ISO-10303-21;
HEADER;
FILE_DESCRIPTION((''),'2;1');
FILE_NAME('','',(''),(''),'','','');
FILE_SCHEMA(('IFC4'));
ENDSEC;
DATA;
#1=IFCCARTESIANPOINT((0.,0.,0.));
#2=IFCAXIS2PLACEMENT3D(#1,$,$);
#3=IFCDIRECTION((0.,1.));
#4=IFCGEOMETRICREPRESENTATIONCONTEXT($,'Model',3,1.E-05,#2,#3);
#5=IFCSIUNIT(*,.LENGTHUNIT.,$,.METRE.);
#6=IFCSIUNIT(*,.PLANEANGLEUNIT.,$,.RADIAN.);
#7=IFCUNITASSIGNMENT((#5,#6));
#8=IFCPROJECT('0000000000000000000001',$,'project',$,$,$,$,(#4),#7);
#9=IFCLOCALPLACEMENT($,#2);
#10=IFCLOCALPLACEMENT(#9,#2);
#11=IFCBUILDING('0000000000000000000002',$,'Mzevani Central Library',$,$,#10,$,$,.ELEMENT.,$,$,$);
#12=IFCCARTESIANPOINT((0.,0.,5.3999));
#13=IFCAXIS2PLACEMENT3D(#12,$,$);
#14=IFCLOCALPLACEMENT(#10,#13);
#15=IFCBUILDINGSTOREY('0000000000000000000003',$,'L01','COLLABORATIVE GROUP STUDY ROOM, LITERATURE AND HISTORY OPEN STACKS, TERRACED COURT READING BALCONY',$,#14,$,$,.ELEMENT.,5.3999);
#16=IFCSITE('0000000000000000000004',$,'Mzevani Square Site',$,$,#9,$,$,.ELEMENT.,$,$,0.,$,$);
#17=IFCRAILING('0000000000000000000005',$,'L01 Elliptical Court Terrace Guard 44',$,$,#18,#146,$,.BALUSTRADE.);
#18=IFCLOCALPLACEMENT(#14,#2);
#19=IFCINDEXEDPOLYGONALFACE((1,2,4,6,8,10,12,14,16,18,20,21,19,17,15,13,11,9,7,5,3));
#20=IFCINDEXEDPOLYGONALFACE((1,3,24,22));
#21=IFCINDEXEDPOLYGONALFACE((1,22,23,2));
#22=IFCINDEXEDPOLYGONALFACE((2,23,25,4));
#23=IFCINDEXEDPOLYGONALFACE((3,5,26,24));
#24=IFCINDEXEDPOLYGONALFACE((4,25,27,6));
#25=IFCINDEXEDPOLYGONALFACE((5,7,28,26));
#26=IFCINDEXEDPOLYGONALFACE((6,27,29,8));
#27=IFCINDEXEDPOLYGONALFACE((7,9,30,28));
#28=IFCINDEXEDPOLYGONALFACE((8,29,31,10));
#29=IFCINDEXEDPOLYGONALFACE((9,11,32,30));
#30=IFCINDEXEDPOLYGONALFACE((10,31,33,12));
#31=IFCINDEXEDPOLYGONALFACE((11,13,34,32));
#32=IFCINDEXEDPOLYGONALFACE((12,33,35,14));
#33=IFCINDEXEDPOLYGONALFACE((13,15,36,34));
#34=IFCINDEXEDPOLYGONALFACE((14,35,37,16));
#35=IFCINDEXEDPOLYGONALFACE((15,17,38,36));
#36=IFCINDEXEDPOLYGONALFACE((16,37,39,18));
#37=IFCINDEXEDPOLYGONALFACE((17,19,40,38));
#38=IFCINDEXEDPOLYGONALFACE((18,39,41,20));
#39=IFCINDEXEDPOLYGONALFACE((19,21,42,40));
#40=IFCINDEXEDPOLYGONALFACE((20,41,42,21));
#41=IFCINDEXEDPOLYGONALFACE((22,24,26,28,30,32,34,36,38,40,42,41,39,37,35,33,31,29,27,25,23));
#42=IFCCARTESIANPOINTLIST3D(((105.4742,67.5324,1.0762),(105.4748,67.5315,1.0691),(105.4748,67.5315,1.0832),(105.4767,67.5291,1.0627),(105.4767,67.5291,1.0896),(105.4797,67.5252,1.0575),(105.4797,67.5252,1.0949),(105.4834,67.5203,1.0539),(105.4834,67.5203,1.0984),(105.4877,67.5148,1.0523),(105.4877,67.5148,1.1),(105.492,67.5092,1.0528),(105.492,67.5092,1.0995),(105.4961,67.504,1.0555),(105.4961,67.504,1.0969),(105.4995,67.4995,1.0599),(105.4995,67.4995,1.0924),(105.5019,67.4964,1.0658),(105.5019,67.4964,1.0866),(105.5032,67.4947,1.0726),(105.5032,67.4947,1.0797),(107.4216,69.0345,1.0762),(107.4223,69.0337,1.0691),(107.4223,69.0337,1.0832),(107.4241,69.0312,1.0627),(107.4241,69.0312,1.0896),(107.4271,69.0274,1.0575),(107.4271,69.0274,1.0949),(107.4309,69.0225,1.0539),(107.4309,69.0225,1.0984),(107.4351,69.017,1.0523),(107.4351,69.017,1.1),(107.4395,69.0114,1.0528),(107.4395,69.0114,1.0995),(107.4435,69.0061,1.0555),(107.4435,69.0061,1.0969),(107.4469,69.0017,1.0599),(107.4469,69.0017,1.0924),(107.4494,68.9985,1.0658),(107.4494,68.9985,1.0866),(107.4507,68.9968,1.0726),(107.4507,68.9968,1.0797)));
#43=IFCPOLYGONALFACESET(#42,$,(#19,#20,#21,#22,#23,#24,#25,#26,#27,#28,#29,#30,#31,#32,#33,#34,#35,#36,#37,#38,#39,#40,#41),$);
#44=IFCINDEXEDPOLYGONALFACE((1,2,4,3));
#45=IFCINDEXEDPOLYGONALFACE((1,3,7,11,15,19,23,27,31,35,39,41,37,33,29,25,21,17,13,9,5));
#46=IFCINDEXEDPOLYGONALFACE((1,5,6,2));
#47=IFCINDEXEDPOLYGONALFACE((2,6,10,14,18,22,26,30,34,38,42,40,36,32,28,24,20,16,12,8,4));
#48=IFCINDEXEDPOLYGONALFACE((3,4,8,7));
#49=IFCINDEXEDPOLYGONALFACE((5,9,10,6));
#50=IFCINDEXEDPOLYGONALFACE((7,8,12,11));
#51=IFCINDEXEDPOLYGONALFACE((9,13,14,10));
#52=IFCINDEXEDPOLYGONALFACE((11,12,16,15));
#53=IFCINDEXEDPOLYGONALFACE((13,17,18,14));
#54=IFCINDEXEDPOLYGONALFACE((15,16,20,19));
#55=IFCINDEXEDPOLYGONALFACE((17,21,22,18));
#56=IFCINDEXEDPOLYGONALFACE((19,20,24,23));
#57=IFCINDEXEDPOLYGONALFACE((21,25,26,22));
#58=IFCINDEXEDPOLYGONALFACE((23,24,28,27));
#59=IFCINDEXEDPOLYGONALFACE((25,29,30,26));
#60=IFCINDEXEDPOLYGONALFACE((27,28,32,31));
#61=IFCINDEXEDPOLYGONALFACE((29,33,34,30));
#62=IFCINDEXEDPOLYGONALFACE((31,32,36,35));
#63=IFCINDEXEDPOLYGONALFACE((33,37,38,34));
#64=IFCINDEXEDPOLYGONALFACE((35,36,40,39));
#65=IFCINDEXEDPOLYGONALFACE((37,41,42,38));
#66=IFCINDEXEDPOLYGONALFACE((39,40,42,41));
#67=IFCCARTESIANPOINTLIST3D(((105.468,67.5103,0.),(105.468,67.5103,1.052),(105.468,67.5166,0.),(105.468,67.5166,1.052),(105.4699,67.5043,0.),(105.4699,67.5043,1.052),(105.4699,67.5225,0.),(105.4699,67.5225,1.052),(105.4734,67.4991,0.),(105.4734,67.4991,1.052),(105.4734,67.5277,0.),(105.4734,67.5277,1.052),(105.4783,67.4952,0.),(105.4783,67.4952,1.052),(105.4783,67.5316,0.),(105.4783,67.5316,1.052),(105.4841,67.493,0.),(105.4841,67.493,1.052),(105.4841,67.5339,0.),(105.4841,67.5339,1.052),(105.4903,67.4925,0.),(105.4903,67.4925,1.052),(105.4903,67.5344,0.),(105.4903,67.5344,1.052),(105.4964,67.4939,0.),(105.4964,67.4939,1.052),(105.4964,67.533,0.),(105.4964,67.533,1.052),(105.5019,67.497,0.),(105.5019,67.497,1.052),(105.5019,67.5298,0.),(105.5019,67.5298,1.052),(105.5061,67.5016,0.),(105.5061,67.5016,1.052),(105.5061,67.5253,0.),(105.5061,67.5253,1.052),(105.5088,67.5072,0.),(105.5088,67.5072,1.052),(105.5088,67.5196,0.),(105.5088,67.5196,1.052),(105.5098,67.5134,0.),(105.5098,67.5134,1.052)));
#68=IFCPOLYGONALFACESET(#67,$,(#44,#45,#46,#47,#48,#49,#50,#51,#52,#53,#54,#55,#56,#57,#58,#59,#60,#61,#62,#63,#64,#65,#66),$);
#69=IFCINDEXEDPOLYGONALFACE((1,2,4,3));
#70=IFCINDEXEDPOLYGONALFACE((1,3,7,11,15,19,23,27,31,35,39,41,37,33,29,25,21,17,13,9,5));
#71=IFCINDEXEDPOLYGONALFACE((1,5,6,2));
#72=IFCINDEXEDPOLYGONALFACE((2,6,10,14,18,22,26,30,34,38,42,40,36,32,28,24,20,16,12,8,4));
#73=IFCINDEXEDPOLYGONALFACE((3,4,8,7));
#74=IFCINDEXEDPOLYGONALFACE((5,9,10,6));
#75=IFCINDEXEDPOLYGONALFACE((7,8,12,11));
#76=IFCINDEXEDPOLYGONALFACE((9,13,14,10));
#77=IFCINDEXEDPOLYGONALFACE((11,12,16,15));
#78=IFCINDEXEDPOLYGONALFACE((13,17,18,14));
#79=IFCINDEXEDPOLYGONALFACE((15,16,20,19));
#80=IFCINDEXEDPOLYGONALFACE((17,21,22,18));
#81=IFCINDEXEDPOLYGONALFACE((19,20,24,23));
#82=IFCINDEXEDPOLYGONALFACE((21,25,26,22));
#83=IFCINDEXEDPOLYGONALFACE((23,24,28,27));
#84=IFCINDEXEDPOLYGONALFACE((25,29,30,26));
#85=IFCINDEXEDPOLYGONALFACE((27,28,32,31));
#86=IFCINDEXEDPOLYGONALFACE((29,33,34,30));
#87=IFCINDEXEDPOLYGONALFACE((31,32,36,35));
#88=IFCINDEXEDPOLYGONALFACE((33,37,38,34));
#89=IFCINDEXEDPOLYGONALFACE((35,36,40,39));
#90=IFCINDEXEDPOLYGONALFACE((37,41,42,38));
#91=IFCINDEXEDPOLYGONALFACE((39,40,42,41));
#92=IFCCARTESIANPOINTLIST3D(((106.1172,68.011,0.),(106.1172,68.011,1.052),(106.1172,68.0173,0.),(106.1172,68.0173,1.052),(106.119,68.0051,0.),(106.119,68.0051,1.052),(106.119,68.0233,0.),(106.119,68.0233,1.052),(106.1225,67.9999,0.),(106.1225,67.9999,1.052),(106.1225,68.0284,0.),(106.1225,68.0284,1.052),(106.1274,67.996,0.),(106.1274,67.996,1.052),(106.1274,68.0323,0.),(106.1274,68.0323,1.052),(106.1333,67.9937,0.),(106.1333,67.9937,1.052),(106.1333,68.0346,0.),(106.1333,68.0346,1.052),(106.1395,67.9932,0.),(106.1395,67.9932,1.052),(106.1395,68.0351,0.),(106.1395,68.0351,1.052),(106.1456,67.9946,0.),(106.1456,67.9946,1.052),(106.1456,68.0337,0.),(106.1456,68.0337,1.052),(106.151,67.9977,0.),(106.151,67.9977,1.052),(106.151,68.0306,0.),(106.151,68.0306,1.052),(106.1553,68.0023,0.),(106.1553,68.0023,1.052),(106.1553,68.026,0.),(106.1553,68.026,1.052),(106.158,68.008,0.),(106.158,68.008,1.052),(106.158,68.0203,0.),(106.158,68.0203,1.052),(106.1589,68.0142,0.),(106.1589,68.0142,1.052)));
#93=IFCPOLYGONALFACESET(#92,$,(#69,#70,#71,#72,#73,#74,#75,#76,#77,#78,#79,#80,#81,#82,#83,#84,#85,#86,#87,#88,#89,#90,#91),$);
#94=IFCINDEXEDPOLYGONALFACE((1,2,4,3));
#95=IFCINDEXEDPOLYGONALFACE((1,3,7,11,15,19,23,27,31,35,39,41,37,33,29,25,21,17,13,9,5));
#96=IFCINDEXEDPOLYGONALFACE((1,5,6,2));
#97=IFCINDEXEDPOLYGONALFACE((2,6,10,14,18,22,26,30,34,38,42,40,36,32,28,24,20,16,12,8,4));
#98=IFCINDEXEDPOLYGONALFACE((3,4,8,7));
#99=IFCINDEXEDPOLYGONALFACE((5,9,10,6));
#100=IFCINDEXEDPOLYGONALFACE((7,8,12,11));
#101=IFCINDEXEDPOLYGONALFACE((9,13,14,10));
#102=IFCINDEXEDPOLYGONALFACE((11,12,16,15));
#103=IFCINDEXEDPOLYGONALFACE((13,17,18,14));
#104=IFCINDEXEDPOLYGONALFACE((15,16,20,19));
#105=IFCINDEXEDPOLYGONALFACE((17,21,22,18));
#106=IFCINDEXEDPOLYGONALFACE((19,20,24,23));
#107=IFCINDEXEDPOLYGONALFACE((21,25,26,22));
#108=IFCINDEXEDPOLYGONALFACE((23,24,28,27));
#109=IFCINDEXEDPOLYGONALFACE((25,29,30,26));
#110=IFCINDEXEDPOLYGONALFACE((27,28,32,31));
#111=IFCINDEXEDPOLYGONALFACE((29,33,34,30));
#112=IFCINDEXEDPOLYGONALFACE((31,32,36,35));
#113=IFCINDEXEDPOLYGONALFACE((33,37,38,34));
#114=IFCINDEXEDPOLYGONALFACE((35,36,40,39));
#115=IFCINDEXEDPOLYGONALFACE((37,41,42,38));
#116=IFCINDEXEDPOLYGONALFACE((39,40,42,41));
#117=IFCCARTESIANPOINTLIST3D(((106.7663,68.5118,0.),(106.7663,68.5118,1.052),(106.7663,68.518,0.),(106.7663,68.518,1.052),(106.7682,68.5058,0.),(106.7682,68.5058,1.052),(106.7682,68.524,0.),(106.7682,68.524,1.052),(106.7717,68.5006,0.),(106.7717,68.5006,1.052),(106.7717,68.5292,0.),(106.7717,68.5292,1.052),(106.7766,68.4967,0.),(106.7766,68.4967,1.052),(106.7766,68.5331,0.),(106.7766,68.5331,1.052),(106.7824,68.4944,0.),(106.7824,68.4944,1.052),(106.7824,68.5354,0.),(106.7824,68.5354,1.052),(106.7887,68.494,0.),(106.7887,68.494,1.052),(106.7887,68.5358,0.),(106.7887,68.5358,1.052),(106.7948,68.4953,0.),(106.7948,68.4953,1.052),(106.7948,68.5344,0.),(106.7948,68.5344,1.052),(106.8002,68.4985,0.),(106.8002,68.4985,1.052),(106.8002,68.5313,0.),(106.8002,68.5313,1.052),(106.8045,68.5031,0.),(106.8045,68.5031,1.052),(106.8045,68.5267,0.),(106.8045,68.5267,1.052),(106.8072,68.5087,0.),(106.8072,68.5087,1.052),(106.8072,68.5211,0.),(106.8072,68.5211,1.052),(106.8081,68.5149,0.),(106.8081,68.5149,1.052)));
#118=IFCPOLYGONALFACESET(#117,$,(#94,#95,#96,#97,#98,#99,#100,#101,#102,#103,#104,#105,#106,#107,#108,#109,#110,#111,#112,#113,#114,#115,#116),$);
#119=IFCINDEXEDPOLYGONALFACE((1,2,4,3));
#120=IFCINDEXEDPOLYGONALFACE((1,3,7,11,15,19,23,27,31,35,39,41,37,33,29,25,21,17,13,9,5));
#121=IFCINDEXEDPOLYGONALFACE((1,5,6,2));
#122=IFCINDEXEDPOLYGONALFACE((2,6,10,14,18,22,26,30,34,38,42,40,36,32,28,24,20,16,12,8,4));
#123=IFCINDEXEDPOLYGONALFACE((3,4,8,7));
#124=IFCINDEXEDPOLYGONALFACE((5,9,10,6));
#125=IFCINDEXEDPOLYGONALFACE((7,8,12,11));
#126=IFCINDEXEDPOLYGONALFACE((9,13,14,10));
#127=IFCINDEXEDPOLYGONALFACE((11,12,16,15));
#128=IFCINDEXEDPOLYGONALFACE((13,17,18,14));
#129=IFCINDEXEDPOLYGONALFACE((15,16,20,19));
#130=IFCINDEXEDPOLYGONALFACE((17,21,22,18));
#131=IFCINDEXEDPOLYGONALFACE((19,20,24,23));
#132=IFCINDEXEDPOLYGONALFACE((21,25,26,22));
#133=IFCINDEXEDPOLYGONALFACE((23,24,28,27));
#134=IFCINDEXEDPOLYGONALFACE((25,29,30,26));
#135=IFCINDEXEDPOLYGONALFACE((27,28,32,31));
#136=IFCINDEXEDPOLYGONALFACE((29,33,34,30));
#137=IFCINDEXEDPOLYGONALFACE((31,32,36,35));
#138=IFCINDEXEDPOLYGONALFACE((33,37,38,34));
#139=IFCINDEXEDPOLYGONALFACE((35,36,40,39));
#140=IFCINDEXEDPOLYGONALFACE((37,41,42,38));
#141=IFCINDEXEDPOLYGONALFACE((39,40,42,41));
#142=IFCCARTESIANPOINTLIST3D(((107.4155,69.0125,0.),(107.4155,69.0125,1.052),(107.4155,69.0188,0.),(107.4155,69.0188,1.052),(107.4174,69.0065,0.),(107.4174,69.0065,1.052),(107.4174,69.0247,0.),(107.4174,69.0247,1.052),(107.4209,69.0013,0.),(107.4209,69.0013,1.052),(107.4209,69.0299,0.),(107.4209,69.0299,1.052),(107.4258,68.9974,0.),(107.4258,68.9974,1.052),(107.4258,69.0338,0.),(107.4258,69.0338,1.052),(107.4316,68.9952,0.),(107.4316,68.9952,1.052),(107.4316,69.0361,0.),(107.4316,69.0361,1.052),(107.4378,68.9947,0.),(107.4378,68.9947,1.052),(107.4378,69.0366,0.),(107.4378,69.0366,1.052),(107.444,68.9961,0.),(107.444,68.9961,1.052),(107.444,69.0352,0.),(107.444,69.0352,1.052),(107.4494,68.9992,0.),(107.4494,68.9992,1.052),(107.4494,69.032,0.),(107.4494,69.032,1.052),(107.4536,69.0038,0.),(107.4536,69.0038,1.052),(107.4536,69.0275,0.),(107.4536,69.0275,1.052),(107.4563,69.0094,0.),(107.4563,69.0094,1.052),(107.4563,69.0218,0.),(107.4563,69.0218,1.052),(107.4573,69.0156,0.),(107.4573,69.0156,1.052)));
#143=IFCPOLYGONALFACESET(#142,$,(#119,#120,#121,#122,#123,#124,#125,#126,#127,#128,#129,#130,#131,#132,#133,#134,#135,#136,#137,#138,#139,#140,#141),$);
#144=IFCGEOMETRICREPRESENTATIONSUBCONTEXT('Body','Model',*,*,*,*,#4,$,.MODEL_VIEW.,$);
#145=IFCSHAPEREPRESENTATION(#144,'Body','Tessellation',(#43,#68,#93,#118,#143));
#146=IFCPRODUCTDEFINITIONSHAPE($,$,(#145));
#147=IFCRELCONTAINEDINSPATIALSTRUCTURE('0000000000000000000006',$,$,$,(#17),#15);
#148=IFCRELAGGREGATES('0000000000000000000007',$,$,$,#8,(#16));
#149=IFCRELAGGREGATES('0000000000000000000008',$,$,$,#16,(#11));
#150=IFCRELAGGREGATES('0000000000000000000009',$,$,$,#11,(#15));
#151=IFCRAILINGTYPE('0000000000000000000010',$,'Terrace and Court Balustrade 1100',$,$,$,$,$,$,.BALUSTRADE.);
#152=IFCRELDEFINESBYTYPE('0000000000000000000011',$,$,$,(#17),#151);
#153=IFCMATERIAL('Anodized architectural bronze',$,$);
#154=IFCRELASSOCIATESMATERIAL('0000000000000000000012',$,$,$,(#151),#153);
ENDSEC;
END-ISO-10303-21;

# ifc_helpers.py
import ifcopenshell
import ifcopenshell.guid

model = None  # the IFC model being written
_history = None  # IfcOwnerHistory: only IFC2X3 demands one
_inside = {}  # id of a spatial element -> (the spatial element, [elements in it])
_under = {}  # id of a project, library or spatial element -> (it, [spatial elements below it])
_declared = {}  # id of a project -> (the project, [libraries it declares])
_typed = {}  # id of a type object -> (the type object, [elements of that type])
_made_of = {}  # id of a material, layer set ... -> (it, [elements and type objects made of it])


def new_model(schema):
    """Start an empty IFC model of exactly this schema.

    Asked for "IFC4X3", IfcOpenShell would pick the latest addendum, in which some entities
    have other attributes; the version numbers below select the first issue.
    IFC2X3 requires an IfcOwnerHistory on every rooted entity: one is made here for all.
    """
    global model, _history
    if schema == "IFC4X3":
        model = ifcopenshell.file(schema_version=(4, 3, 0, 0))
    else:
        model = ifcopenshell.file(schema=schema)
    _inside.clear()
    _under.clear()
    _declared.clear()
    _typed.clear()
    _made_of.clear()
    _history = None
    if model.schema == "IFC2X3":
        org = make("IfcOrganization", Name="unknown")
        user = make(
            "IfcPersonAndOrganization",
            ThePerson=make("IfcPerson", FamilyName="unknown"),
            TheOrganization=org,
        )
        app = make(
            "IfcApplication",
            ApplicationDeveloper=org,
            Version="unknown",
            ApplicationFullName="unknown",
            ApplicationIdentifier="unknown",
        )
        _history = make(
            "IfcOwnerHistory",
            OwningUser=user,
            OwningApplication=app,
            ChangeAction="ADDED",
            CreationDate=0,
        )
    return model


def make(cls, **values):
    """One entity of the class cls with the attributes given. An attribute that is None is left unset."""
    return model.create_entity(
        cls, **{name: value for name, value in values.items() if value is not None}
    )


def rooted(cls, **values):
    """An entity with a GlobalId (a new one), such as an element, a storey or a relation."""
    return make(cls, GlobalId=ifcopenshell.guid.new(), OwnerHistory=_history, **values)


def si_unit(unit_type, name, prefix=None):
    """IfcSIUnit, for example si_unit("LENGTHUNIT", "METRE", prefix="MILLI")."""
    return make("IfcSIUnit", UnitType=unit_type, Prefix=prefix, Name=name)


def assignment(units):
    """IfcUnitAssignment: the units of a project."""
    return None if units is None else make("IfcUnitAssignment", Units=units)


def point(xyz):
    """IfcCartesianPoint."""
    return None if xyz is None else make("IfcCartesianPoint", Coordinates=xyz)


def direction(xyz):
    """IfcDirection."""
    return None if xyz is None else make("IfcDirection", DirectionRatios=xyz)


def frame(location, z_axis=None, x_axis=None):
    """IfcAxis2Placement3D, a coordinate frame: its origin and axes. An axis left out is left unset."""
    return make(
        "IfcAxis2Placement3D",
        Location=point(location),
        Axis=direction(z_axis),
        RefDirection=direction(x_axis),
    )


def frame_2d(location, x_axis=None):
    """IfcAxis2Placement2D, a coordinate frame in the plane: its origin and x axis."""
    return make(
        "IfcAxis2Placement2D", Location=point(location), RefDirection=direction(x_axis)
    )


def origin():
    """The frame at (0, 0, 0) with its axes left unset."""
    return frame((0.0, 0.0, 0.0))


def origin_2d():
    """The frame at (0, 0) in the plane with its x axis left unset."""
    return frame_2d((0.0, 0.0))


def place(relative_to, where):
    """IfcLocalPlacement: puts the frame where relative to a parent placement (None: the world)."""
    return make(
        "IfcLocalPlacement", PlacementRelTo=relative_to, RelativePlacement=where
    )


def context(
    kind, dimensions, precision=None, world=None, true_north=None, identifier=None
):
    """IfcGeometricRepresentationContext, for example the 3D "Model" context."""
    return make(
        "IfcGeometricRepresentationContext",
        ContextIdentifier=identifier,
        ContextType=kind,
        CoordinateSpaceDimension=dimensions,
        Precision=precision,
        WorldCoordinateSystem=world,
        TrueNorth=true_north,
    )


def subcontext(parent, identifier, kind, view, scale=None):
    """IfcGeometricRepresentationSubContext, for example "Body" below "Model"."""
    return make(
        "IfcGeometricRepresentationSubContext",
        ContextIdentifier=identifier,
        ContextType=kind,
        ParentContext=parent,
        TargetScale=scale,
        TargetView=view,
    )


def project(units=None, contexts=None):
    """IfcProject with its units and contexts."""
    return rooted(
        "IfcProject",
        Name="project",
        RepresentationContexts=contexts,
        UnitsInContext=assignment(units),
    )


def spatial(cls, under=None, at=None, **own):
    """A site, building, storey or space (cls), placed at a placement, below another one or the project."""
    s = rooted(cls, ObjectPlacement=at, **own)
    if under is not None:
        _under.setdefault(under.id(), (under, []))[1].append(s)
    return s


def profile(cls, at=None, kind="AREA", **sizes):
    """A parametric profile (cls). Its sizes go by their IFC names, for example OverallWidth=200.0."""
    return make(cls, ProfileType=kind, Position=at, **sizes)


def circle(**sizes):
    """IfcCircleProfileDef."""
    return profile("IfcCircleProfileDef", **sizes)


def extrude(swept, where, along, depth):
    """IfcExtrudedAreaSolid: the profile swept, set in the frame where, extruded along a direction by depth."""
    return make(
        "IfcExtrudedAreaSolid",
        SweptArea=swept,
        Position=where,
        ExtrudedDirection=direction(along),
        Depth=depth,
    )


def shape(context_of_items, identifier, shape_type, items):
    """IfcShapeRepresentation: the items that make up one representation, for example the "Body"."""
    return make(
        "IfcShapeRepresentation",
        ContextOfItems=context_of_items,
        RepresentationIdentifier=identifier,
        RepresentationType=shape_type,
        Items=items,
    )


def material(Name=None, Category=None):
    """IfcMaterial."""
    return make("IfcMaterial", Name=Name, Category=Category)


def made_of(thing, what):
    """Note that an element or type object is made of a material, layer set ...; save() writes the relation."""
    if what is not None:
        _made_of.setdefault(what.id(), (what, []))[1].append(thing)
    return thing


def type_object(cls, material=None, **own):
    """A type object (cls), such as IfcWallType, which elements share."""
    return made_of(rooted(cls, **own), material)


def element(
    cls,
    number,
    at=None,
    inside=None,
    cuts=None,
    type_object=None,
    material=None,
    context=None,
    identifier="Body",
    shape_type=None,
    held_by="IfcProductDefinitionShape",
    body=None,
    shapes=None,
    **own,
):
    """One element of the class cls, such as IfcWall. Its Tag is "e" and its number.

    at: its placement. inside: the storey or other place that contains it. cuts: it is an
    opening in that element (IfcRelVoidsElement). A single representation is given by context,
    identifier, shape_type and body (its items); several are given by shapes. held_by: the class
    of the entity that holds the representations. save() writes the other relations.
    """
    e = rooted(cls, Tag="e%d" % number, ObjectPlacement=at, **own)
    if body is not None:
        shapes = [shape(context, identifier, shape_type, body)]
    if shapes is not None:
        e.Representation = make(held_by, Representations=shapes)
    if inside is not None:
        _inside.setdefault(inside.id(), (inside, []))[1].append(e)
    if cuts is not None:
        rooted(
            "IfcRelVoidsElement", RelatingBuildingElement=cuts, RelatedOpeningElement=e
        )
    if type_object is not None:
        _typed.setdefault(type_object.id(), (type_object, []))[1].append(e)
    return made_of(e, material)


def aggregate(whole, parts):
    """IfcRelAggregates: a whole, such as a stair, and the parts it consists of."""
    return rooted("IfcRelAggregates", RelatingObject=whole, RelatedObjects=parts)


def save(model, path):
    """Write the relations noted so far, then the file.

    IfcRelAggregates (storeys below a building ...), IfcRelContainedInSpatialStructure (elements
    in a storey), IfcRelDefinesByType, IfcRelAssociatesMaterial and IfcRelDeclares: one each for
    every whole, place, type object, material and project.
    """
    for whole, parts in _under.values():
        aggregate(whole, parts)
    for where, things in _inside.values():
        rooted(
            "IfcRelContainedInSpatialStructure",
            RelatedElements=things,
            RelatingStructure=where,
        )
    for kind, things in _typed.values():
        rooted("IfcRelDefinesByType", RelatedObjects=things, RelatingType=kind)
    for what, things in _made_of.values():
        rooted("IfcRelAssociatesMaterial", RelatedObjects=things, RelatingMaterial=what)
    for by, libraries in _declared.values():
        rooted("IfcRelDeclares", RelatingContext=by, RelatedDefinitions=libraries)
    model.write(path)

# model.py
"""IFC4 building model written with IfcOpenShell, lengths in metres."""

from ifc_helpers import new_model, si_unit, direction, frame, origin, origin_2d, place, context, subcontext, project, spatial, circle, extrude, material, type_object, element, save


model = new_model("IFC4")

# Units and contexts
model_context = context("Model", 3, precision=1e-05, world=origin(), true_north=direction((0.0, 1.0)))
body_context = subcontext(model_context, "Body", "Model", "MODEL_VIEW")
ifc_project = project(units=[si_unit("LENGTHUNIT", "METRE"), si_unit("PLANEANGLEUNIT", "RADIAN")], contexts=[model_context])

# Site, building, storey
site_placement = place(None, origin())
site = spatial("IfcSite", under=ifc_project, at=site_placement, Name="Mzevani Square Site", CompositionType="ELEMENT", RefElevation=0.0)
building_placement = place(site_placement, origin())
building = spatial("IfcBuilding", under=site, at=building_placement, Name="Mzevani Central Library", CompositionType="ELEMENT")
storey_placement = place(building_placement, frame((0.0, 0.0, 5.3999)))
storey = spatial("IfcBuildingStorey", under=building, at=storey_placement, Name="L01", Description="COLLABORATIVE GROUP STUDY ROOM, LITERATURE AND HISTORY OPEN STACKS, TERRACED COURT READING BALCONY", CompositionType="ELEMENT", Elevation=5.3999)

# Railing
ifc_material_1 = material(Name="Anodized architectural bronze")
railing_type = type_object("IfcRailingType", Name="Terrace and Court Balustrade 1100", PredefinedType="BALUSTRADE", material=ifc_material_1)
railing_1_placement = place(storey_placement, frame((105.4888, 67.5134, 0.0)))
element("IfcRailing", 1, at=railing_1_placement, inside=storey, type_object=railing_type, Name="L01 Elliptical Court Terrace Guard 44", PredefinedType="BALUSTRADE", context=body_context, shape_type="SweptSolid", body=[
    extrude(circle(Radius=0.0239, at=origin_2d()), frame((0.0, 0.0, 1.0762), z_axis=(0.791815, 0.610761, 0.0), x_axis=(-0.610761, 0.791815, 0.0)), (0.0, 0.0, 1.0), 2.4595),
    extrude(circle(Radius=0.021, at=origin_2d()), origin(), (0.0, 0.0, 1.0), 1.052),
    extrude(circle(Radius=0.021, at=origin_2d()), frame((0.6492, 0.5007, 0.0)), (0.0, 0.0, 1.0), 1.052),
    extrude(circle(Radius=0.021, at=origin_2d()), frame((1.2983, 1.0015, 0.0)), (0.0, 0.0, 1.0), 1.052),
    extrude(circle(Radius=0.021, at=origin_2d()), frame((1.9475, 1.5022, 0.0)), (0.0, 0.0, 1.0), 1.052),
])

save(model, "model.ifc")
